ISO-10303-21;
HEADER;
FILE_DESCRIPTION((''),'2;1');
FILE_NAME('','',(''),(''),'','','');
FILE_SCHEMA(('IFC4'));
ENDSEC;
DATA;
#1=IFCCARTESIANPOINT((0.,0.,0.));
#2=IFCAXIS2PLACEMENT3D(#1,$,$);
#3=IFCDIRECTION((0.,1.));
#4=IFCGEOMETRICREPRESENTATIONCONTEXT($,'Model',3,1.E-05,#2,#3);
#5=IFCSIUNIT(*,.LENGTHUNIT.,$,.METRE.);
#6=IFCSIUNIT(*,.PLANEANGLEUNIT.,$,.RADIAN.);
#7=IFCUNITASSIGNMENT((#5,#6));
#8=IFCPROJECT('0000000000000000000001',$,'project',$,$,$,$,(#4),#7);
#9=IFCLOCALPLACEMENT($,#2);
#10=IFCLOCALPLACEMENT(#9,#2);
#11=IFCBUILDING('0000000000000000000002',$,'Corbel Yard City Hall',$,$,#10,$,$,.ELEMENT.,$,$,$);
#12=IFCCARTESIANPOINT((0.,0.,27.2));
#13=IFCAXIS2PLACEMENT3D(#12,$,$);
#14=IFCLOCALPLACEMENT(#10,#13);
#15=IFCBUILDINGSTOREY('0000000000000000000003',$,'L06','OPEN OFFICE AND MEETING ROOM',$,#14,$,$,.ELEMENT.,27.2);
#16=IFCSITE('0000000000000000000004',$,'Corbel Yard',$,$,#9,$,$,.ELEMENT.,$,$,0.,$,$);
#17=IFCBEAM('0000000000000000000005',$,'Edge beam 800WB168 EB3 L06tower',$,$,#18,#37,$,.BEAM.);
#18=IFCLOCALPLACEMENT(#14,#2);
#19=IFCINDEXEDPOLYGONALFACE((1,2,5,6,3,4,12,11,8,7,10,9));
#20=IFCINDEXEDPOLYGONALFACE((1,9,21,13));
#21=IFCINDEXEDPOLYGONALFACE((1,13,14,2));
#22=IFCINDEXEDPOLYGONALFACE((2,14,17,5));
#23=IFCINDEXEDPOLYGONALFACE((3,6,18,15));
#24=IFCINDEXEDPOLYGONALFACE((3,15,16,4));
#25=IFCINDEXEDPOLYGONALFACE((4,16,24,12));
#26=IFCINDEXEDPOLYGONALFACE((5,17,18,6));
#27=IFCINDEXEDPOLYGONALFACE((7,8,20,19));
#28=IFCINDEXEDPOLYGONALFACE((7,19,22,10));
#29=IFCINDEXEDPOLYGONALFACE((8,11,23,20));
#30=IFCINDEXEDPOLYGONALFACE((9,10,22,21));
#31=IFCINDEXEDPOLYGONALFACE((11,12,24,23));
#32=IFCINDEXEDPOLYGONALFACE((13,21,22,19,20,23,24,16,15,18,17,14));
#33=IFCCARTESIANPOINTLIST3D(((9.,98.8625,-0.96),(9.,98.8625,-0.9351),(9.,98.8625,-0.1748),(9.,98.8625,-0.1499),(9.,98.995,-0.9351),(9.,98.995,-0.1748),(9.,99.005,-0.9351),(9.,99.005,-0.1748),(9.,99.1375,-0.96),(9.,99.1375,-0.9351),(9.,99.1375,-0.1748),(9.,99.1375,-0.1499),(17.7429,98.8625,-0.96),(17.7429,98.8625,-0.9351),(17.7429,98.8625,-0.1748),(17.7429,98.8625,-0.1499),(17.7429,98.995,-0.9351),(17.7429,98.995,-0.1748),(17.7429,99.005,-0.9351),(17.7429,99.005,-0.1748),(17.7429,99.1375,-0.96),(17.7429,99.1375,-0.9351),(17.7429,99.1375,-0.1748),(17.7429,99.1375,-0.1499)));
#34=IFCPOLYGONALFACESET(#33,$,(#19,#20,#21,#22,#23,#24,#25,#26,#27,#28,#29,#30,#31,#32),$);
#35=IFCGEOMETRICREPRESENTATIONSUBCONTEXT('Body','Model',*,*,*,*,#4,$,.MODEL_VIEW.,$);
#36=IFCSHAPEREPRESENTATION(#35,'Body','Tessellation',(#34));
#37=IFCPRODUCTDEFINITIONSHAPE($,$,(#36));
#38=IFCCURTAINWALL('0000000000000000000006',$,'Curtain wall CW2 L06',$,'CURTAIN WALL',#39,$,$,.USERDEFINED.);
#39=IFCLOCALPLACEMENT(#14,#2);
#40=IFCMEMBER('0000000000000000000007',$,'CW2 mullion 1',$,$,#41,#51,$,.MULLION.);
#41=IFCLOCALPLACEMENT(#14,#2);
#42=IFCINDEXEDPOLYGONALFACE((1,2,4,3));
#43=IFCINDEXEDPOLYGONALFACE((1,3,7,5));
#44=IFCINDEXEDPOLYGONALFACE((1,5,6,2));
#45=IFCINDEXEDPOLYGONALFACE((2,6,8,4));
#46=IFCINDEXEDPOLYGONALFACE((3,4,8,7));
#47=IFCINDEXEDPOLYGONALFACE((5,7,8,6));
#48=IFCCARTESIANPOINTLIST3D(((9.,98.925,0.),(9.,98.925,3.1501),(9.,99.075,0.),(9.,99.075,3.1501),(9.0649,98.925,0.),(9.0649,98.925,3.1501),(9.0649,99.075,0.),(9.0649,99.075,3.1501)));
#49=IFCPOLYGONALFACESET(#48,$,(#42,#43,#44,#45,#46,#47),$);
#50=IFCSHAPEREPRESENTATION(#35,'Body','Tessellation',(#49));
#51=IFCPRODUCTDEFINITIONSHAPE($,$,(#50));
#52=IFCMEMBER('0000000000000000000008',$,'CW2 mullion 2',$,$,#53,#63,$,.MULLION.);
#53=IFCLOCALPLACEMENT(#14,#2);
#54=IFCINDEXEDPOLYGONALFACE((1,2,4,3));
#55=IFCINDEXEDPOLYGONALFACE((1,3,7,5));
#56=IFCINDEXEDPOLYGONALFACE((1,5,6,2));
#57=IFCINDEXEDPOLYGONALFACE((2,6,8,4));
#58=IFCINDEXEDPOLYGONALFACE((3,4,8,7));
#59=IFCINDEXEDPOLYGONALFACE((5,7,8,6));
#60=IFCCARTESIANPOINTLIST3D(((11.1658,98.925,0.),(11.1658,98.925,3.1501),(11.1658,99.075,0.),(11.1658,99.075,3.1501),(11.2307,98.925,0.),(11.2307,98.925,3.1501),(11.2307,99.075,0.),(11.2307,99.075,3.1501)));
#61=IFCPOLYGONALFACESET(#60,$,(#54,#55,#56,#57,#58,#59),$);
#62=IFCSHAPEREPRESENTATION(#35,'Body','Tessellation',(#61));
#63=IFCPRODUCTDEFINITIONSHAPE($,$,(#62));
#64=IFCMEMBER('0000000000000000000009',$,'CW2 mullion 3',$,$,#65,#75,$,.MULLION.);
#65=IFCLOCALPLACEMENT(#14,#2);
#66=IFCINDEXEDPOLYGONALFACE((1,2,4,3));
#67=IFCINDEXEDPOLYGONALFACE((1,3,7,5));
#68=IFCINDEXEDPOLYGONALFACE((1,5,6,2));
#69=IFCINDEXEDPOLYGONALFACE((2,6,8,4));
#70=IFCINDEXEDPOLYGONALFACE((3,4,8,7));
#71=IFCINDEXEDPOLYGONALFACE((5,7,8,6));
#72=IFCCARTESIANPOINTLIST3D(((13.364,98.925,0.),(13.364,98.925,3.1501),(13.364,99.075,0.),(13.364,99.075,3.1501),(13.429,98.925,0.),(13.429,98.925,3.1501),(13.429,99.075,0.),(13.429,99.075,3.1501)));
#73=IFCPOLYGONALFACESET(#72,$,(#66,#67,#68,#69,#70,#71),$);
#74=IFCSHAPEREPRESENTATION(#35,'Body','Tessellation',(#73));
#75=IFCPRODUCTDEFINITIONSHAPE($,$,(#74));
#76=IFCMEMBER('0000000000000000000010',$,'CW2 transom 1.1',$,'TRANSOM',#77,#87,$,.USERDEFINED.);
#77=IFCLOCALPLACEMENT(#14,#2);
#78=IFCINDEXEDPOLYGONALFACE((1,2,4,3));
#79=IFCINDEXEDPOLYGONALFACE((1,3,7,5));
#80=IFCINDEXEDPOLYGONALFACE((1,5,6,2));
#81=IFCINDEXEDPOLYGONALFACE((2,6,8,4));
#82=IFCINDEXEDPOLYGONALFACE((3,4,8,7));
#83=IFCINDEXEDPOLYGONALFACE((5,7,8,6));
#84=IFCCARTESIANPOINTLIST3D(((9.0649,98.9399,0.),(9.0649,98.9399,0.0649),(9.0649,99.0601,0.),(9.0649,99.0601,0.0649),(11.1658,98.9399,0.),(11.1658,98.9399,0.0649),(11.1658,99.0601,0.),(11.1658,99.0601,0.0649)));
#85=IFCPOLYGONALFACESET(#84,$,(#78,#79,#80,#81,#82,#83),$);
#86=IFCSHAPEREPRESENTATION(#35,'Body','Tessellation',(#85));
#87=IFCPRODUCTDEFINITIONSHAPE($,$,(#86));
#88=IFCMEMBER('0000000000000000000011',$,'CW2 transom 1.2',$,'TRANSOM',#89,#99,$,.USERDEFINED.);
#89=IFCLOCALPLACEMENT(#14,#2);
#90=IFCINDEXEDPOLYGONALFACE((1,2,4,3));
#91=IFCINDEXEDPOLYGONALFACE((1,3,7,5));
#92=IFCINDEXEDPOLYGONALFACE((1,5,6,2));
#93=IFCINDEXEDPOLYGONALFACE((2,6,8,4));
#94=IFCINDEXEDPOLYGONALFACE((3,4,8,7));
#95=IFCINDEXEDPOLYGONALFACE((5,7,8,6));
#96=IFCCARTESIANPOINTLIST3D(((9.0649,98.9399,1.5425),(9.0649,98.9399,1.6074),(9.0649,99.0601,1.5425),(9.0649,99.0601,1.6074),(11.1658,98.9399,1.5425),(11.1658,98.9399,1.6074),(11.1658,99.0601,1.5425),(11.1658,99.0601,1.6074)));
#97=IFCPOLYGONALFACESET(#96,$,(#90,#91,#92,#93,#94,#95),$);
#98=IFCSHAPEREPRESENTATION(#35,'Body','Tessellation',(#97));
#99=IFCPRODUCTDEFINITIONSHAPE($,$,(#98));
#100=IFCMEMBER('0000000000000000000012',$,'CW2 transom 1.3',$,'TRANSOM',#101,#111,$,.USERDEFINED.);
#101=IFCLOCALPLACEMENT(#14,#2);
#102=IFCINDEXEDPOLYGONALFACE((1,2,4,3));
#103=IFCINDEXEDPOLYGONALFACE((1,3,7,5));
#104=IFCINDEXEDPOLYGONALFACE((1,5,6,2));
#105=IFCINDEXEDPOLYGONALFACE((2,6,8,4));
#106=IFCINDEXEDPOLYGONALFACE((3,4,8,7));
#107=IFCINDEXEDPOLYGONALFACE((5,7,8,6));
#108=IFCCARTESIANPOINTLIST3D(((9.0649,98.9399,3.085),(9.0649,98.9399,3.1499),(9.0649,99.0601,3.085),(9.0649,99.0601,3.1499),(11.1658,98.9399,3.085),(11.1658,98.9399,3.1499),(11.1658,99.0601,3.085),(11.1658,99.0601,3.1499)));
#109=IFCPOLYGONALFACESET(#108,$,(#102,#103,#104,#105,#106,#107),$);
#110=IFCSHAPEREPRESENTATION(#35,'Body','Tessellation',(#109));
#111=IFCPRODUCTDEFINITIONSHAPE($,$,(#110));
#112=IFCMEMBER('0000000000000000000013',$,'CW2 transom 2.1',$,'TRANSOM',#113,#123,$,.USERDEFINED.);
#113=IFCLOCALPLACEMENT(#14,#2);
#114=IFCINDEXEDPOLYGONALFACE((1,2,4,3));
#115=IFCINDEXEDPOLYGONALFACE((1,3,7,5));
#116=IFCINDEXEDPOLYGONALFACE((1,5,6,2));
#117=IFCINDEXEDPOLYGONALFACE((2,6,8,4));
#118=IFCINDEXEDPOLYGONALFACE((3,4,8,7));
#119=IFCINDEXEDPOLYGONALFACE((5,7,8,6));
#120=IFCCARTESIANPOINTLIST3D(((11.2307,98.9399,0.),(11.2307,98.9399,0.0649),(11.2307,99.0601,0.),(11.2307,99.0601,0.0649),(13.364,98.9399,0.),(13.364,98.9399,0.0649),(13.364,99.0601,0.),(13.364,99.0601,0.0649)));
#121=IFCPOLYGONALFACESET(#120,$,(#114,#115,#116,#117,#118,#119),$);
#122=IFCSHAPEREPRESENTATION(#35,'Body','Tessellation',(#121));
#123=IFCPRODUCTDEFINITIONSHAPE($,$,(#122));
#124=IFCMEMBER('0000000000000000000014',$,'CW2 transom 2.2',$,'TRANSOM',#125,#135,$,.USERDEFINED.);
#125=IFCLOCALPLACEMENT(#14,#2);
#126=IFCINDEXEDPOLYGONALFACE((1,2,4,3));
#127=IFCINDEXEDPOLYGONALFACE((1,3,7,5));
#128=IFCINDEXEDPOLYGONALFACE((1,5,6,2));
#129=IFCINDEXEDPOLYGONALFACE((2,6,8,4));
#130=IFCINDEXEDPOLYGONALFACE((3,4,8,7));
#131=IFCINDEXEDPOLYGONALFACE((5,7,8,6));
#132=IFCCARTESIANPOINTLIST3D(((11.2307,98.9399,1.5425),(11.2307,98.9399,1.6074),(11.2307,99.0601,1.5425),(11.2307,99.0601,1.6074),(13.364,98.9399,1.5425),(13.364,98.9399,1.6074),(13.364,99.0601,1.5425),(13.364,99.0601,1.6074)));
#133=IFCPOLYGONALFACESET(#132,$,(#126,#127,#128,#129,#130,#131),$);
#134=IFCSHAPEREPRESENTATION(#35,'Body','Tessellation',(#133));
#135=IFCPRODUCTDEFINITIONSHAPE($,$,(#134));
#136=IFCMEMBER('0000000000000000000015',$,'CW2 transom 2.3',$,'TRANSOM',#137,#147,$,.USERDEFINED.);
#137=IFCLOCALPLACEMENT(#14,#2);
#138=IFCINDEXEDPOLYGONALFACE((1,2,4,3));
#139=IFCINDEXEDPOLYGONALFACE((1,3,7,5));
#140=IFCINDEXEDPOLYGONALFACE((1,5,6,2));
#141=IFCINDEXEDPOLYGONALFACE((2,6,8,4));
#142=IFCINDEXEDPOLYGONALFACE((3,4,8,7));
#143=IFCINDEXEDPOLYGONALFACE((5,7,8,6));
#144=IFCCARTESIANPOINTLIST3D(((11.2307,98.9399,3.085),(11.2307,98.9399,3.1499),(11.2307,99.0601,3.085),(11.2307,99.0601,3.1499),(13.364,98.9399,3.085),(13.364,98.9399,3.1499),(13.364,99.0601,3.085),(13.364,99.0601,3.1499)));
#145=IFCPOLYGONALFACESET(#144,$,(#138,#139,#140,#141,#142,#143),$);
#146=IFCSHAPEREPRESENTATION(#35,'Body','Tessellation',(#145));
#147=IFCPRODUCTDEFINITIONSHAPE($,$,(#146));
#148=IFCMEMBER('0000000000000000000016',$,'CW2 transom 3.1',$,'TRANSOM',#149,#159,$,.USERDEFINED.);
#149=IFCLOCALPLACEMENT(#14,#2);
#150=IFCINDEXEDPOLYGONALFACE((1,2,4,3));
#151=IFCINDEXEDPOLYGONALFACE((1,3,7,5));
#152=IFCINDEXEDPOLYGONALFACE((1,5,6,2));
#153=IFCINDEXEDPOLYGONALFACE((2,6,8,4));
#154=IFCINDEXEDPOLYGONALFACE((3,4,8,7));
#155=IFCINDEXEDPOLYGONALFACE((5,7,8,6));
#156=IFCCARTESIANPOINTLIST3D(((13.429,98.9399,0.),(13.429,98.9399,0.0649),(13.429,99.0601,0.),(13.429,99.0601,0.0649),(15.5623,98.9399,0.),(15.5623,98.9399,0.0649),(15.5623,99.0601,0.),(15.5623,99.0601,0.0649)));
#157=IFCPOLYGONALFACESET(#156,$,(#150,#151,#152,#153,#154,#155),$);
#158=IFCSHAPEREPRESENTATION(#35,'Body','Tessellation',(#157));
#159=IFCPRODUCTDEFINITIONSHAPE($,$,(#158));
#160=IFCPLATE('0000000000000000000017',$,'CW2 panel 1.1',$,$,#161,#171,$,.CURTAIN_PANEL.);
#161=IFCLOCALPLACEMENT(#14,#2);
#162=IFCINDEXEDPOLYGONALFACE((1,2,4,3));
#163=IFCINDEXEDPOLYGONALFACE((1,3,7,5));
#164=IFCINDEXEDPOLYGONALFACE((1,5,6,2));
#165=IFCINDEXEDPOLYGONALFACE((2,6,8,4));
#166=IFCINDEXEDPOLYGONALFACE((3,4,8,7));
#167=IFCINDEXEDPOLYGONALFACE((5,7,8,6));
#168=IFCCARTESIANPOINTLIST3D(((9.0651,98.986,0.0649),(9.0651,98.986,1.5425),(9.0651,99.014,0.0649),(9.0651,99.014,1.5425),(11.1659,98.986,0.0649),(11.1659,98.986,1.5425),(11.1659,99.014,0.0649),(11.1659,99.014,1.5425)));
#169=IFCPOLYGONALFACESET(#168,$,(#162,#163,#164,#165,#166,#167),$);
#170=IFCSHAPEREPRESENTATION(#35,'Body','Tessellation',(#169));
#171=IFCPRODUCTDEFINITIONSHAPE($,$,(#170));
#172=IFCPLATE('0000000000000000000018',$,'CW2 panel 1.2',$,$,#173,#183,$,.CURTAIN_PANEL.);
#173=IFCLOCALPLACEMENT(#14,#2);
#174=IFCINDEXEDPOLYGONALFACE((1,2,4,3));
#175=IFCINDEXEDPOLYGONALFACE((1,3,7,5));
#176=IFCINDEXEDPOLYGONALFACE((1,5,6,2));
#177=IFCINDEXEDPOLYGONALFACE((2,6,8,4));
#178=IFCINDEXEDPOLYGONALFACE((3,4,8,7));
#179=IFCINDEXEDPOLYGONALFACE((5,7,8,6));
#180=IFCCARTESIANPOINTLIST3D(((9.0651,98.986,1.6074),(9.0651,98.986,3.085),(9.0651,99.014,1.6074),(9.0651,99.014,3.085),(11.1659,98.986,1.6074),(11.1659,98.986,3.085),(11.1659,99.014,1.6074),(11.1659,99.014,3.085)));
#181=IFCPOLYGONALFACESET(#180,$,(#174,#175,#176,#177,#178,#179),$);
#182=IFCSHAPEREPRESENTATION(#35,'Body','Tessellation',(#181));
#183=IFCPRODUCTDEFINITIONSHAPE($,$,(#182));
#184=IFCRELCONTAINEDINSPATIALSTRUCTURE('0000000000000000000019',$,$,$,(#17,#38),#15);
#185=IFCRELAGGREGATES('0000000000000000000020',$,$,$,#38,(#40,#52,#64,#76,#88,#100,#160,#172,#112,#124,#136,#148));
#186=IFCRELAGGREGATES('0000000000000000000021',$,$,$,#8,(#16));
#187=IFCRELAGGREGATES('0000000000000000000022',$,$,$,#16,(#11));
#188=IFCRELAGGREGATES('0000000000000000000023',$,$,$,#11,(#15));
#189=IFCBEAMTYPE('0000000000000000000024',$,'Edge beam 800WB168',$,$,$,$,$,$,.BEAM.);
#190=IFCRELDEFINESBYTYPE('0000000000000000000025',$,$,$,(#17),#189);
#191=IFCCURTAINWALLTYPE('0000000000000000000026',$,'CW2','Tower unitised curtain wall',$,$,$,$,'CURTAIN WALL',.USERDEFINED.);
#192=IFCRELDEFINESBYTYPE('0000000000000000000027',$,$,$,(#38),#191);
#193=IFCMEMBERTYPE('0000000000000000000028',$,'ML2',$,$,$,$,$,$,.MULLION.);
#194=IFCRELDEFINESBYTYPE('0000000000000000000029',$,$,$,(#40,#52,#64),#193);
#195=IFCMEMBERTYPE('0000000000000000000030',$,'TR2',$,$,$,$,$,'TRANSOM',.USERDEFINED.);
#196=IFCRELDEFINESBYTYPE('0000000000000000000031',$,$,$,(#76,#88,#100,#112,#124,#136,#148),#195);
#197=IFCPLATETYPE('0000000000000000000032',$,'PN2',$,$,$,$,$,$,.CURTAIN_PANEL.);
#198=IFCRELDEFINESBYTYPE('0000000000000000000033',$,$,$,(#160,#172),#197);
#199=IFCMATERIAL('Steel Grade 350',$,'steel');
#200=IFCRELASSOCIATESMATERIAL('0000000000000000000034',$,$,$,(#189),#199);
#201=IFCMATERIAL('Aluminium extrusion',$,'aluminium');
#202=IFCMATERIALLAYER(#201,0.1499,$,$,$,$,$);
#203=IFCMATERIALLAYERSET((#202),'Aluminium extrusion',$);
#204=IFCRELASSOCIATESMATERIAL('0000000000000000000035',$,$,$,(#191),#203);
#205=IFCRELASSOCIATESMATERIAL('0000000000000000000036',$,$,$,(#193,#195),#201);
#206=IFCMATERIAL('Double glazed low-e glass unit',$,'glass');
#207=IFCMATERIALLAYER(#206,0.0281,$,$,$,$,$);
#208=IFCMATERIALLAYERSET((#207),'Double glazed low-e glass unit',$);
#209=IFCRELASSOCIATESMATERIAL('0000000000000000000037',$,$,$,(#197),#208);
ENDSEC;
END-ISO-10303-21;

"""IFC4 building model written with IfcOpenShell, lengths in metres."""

from ifc_helpers import new_model, si_unit, direction, frame, origin, origin_2d, place, context, subcontext, project, spatial, rectangle, i_section, extrude, material, layer, layer_set, material_profile, profile_set, type_object, element, aggregate, save


model = new_model("IFC4")

# Units and contexts
model_context = context("Model", 3, precision=1e-05, world=origin(), true_north=direction((0.0, 1.0)))
body_context = subcontext(model_context, "Body", "Model", "MODEL_VIEW")
ifc_project = project(units=[si_unit("LENGTHUNIT", "METRE"), si_unit("PLANEANGLEUNIT", "RADIAN")], contexts=[model_context])

# Site, building, storey
site_placement = place(None, origin())
site = spatial("IfcSite", under=ifc_project, at=site_placement, Name="Corbel Yard", CompositionType="ELEMENT", RefElevation=0.0)
building_placement = place(site_placement, origin())
building = spatial("IfcBuilding", under=site, at=building_placement, Name="Corbel Yard City Hall", CompositionType="ELEMENT")
storey_placement = place(building_placement, frame((0.0, 0.0, 27.2)))
storey = spatial("IfcBuildingStorey", under=building, at=storey_placement, Name="L06", Description="OPEN OFFICE AND MEETING ROOM", CompositionType="ELEMENT", Elevation=27.2)

# Beam
ifc_material_1 = material(Name="Steel Grade 350", Category="steel")
ifc_material_profile_1 = material_profile(ifc_material_1, i_section(OverallWidth=0.2749, OverallDepth=0.8101, WebThickness=0.01, FlangeThickness=0.0249, at=origin_2d()), Name="800WB168")
ifc_profile_set_1 = profile_set([ifc_material_profile_1], Name="Steel Grade 350")
beam_type = type_object("IfcBeamType", Name="Edge beam 800WB168", PredefinedType="BEAM", material=ifc_profile_set_1)
beam_placement = place(storey_placement, frame((9.0, 99.0, -0.5549), z_axis=(1.0, 0.0, 0.0), x_axis=(0.0, 1.0, 0.0)))
element("IfcBeam", 1, at=beam_placement, inside=storey, type_object=beam_type, Name="Edge beam 800WB168 EB3 L06tower", PredefinedType="BEAM", context=body_context, shape_type="SweptSolid", body=[
    extrude(i_section(OverallWidth=0.2749, OverallDepth=0.8101, WebThickness=0.01, FlangeThickness=0.0249, at=origin_2d()), origin(), (0.0, 0.0, 1.0), 8.7429),
])

# Curtain wall, members, plates
ifc_material_2 = material(Name="Aluminium extrusion", Category="aluminium")
ifc_layer_1 = layer(ifc_material_2, 0.1499)
ifc_layer_set_1 = layer_set([ifc_layer_1], Name="Aluminium extrusion")
curtain_wall_type = type_object("IfcCurtainWallType", Name="CW2", Description="Tower unitised curtain wall", ElementType="CURTAIN WALL", PredefinedType="USERDEFINED", material=ifc_layer_set_1)
curtain_wall_placement = place(storey_placement, origin())
curtain_wall = element("IfcCurtainWall", 2, at=curtain_wall_placement, inside=storey, type_object=curtain_wall_type, Name="Curtain wall CW2 L06", ObjectType="CURTAIN WALL", PredefinedType="USERDEFINED")
ifc_material_profile_2 = material_profile(ifc_material_2, rectangle(XDim=0.1499, YDim=0.0649, at=origin_2d()), Name="150x65")
ifc_profile_set_2 = profile_set([ifc_material_profile_2], Name="Aluminium extrusion")
member_type_1 = type_object("IfcMemberType", Name="ML2", PredefinedType="MULLION", material=ifc_profile_set_2)
member_1_placement = place(storey_placement, frame((9.0325, 99.0, 0.0), z_axis=(0.0, 0.0, 1.0), x_axis=(0.0, 1.0, 0.0)))
member_1 = element("IfcMember", 3, at=member_1_placement, type_object=member_type_1, Name="CW2 mullion 1", PredefinedType="MULLION", context=body_context, shape_type="SweptSolid", body=[
    extrude(rectangle(XDim=0.1499, YDim=0.0649, at=origin_2d()), origin(), (0.0, 0.0, 1.0), 3.1501),
])
member_2_placement = place(storey_placement, frame((11.1982, 99.0, 0.0), z_axis=(0.0, 0.0, 1.0), x_axis=(0.0, 1.0, 0.0)))
member_2 = element("IfcMember", 4, at=member_2_placement, type_object=member_type_1, Name="CW2 mullion 2", PredefinedType="MULLION", context=body_context, shape_type="SweptSolid", body=[
    extrude(rectangle(XDim=0.1499, YDim=0.0649, at=origin_2d()), origin(), (0.0, 0.0, 1.0), 3.1501),
])
member_3_placement = place(storey_placement, frame((13.3965, 99.0, 0.0), z_axis=(0.0, 0.0, 1.0), x_axis=(0.0, 1.0, 0.0)))
member_3 = element("IfcMember", 5, at=member_3_placement, type_object=member_type_1, Name="CW2 mullion 3", PredefinedType="MULLION", context=body_context, shape_type="SweptSolid", body=[
    extrude(rectangle(XDim=0.1499, YDim=0.0649, at=origin_2d()), origin(), (0.0, 0.0, 1.0), 3.1501),
])
ifc_material_profile_3 = material_profile(ifc_material_2, rectangle(XDim=0.1201, YDim=0.0649, at=origin_2d()), Name="120x65")
ifc_profile_set_3 = profile_set([ifc_material_profile_3], Name="Aluminium extrusion")
member_type_2 = type_object("IfcMemberType", Name="TR2", ElementType="TRANSOM", PredefinedType="USERDEFINED", material=ifc_profile_set_3)
member_4_placement = place(storey_placement, frame((9.0649, 99.0, 0.0325), z_axis=(1.0, 0.0, 0.0), x_axis=(0.0, 1.0, 0.0)))
member_4 = element("IfcMember", 6, at=member_4_placement, type_object=member_type_2, Name="CW2 transom 1.1", ObjectType="TRANSOM", PredefinedType="USERDEFINED", context=body_context, shape_type="SweptSolid", body=[
    extrude(rectangle(XDim=0.1201, YDim=0.0649, at=origin_2d()), origin(), (0.0, 0.0, 1.0), 2.1008),
])
member_5_placement = place(storey_placement, frame((9.0649, 99.0, 1.575), z_axis=(1.0, 0.0, 0.0), x_axis=(0.0, 1.0, 0.0)))
member_5 = element("IfcMember", 7, at=member_5_placement, type_object=member_type_2, Name="CW2 transom 1.2", ObjectType="TRANSOM", PredefinedType="USERDEFINED", context=body_context, shape_type="SweptSolid", body=[
    extrude(rectangle(XDim=0.1201, YDim=0.0649, at=origin_2d()), origin(), (0.0, 0.0, 1.0), 2.1008),
])
member_6_placement = place(storey_placement, frame((9.0649, 99.0, 3.1174), z_axis=(1.0, 0.0, 0.0), x_axis=(0.0, 1.0, 0.0)))
member_6 = element("IfcMember", 8, at=member_6_placement, type_object=member_type_2, Name="CW2 transom 1.3", ObjectType="TRANSOM", PredefinedType="USERDEFINED", context=body_context, shape_type="SweptSolid", body=[
    extrude(rectangle(XDim=0.1201, YDim=0.0649, at=origin_2d()), origin(), (0.0, 0.0, 1.0), 2.1008),
])
member_7_placement = place(storey_placement, frame((11.2307, 99.0, 0.0325), z_axis=(1.0, 0.0, 0.0), x_axis=(0.0, 1.0, 0.0)))
member_7 = element("IfcMember", 9, at=member_7_placement, type_object=member_type_2, Name="CW2 transom 2.1", ObjectType="TRANSOM", PredefinedType="USERDEFINED", context=body_context, shape_type="SweptSolid", body=[
    extrude(rectangle(XDim=0.1201, YDim=0.0649, at=origin_2d()), origin(), (0.0, 0.0, 1.0), 2.1333),
])
member_8_placement = place(storey_placement, frame((11.2307, 99.0, 1.575), z_axis=(1.0, 0.0, 0.0), x_axis=(0.0, 1.0, 0.0)))
member_8 = element("IfcMember", 10, at=member_8_placement, type_object=member_type_2, Name="CW2 transom 2.2", ObjectType="TRANSOM", PredefinedType="USERDEFINED", context=body_context, shape_type="SweptSolid", body=[
    extrude(rectangle(XDim=0.1201, YDim=0.0649, at=origin_2d()), origin(), (0.0, 0.0, 1.0), 2.1333),
])
member_9_placement = place(storey_placement, frame((11.2307, 99.0, 3.1174), z_axis=(1.0, 0.0, 0.0), x_axis=(0.0, 1.0, 0.0)))
member_9 = element("IfcMember", 11, at=member_9_placement, type_object=member_type_2, Name="CW2 transom 2.3", ObjectType="TRANSOM", PredefinedType="USERDEFINED", context=body_context, shape_type="SweptSolid", body=[
    extrude(rectangle(XDim=0.1201, YDim=0.0649, at=origin_2d()), origin(), (0.0, 0.0, 1.0), 2.1333),
])
member_10_placement = place(storey_placement, frame((13.429, 99.0, 0.0325), z_axis=(1.0, 0.0, 0.0), x_axis=(0.0, 1.0, 0.0)))
member_10 = element("IfcMember", 12, at=member_10_placement, type_object=member_type_2, Name="CW2 transom 3.1", ObjectType="TRANSOM", PredefinedType="USERDEFINED", context=body_context, shape_type="SweptSolid", body=[
    extrude(rectangle(XDim=0.1201, YDim=0.0649, at=origin_2d()), origin(), (0.0, 0.0, 1.0), 2.1333),
])
ifc_material_3 = material(Name="Double glazed low-e glass unit", Category="glass")
ifc_layer_2 = layer(ifc_material_3, 0.0281)
ifc_layer_set_2 = layer_set([ifc_layer_2], Name="Double glazed low-e glass unit")
plate_type = type_object("IfcPlateType", Name="PN2", PredefinedType="CURTAIN_PANEL", material=ifc_layer_set_2)
plate_1_placement = place(storey_placement, frame((10.1155, 99.0, 0.0649), z_axis=(0.0, 0.0, 1.0), x_axis=(1.0, 0.0, 0.0)))
plate_1 = element("IfcPlate", 13, at=plate_1_placement, type_object=plate_type, Name="CW2 panel 1.1", PredefinedType="CURTAIN_PANEL", context=body_context, shape_type="SweptSolid", body=[
    extrude(rectangle(XDim=2.1008, YDim=0.0281, at=origin_2d()), origin(), (0.0, 0.0, 1.0), 1.4775),
])
plate_2_placement = place(storey_placement, frame((10.1155, 99.0, 1.6074), z_axis=(0.0, 0.0, 1.0), x_axis=(1.0, 0.0, 0.0)))
plate_2 = element("IfcPlate", 14, at=plate_2_placement, type_object=plate_type, Name="CW2 panel 1.2", PredefinedType="CURTAIN_PANEL", context=body_context, shape_type="SweptSolid", body=[
    extrude(rectangle(XDim=2.1008, YDim=0.0281, at=origin_2d()), origin(), (0.0, 0.0, 1.0), 1.4775),
])
aggregate(curtain_wall, [member_1, member_2, member_3, member_4, member_5, member_6, plate_1, plate_2, member_7, member_8, member_9, member_10])

save(model, "model.ifc")
